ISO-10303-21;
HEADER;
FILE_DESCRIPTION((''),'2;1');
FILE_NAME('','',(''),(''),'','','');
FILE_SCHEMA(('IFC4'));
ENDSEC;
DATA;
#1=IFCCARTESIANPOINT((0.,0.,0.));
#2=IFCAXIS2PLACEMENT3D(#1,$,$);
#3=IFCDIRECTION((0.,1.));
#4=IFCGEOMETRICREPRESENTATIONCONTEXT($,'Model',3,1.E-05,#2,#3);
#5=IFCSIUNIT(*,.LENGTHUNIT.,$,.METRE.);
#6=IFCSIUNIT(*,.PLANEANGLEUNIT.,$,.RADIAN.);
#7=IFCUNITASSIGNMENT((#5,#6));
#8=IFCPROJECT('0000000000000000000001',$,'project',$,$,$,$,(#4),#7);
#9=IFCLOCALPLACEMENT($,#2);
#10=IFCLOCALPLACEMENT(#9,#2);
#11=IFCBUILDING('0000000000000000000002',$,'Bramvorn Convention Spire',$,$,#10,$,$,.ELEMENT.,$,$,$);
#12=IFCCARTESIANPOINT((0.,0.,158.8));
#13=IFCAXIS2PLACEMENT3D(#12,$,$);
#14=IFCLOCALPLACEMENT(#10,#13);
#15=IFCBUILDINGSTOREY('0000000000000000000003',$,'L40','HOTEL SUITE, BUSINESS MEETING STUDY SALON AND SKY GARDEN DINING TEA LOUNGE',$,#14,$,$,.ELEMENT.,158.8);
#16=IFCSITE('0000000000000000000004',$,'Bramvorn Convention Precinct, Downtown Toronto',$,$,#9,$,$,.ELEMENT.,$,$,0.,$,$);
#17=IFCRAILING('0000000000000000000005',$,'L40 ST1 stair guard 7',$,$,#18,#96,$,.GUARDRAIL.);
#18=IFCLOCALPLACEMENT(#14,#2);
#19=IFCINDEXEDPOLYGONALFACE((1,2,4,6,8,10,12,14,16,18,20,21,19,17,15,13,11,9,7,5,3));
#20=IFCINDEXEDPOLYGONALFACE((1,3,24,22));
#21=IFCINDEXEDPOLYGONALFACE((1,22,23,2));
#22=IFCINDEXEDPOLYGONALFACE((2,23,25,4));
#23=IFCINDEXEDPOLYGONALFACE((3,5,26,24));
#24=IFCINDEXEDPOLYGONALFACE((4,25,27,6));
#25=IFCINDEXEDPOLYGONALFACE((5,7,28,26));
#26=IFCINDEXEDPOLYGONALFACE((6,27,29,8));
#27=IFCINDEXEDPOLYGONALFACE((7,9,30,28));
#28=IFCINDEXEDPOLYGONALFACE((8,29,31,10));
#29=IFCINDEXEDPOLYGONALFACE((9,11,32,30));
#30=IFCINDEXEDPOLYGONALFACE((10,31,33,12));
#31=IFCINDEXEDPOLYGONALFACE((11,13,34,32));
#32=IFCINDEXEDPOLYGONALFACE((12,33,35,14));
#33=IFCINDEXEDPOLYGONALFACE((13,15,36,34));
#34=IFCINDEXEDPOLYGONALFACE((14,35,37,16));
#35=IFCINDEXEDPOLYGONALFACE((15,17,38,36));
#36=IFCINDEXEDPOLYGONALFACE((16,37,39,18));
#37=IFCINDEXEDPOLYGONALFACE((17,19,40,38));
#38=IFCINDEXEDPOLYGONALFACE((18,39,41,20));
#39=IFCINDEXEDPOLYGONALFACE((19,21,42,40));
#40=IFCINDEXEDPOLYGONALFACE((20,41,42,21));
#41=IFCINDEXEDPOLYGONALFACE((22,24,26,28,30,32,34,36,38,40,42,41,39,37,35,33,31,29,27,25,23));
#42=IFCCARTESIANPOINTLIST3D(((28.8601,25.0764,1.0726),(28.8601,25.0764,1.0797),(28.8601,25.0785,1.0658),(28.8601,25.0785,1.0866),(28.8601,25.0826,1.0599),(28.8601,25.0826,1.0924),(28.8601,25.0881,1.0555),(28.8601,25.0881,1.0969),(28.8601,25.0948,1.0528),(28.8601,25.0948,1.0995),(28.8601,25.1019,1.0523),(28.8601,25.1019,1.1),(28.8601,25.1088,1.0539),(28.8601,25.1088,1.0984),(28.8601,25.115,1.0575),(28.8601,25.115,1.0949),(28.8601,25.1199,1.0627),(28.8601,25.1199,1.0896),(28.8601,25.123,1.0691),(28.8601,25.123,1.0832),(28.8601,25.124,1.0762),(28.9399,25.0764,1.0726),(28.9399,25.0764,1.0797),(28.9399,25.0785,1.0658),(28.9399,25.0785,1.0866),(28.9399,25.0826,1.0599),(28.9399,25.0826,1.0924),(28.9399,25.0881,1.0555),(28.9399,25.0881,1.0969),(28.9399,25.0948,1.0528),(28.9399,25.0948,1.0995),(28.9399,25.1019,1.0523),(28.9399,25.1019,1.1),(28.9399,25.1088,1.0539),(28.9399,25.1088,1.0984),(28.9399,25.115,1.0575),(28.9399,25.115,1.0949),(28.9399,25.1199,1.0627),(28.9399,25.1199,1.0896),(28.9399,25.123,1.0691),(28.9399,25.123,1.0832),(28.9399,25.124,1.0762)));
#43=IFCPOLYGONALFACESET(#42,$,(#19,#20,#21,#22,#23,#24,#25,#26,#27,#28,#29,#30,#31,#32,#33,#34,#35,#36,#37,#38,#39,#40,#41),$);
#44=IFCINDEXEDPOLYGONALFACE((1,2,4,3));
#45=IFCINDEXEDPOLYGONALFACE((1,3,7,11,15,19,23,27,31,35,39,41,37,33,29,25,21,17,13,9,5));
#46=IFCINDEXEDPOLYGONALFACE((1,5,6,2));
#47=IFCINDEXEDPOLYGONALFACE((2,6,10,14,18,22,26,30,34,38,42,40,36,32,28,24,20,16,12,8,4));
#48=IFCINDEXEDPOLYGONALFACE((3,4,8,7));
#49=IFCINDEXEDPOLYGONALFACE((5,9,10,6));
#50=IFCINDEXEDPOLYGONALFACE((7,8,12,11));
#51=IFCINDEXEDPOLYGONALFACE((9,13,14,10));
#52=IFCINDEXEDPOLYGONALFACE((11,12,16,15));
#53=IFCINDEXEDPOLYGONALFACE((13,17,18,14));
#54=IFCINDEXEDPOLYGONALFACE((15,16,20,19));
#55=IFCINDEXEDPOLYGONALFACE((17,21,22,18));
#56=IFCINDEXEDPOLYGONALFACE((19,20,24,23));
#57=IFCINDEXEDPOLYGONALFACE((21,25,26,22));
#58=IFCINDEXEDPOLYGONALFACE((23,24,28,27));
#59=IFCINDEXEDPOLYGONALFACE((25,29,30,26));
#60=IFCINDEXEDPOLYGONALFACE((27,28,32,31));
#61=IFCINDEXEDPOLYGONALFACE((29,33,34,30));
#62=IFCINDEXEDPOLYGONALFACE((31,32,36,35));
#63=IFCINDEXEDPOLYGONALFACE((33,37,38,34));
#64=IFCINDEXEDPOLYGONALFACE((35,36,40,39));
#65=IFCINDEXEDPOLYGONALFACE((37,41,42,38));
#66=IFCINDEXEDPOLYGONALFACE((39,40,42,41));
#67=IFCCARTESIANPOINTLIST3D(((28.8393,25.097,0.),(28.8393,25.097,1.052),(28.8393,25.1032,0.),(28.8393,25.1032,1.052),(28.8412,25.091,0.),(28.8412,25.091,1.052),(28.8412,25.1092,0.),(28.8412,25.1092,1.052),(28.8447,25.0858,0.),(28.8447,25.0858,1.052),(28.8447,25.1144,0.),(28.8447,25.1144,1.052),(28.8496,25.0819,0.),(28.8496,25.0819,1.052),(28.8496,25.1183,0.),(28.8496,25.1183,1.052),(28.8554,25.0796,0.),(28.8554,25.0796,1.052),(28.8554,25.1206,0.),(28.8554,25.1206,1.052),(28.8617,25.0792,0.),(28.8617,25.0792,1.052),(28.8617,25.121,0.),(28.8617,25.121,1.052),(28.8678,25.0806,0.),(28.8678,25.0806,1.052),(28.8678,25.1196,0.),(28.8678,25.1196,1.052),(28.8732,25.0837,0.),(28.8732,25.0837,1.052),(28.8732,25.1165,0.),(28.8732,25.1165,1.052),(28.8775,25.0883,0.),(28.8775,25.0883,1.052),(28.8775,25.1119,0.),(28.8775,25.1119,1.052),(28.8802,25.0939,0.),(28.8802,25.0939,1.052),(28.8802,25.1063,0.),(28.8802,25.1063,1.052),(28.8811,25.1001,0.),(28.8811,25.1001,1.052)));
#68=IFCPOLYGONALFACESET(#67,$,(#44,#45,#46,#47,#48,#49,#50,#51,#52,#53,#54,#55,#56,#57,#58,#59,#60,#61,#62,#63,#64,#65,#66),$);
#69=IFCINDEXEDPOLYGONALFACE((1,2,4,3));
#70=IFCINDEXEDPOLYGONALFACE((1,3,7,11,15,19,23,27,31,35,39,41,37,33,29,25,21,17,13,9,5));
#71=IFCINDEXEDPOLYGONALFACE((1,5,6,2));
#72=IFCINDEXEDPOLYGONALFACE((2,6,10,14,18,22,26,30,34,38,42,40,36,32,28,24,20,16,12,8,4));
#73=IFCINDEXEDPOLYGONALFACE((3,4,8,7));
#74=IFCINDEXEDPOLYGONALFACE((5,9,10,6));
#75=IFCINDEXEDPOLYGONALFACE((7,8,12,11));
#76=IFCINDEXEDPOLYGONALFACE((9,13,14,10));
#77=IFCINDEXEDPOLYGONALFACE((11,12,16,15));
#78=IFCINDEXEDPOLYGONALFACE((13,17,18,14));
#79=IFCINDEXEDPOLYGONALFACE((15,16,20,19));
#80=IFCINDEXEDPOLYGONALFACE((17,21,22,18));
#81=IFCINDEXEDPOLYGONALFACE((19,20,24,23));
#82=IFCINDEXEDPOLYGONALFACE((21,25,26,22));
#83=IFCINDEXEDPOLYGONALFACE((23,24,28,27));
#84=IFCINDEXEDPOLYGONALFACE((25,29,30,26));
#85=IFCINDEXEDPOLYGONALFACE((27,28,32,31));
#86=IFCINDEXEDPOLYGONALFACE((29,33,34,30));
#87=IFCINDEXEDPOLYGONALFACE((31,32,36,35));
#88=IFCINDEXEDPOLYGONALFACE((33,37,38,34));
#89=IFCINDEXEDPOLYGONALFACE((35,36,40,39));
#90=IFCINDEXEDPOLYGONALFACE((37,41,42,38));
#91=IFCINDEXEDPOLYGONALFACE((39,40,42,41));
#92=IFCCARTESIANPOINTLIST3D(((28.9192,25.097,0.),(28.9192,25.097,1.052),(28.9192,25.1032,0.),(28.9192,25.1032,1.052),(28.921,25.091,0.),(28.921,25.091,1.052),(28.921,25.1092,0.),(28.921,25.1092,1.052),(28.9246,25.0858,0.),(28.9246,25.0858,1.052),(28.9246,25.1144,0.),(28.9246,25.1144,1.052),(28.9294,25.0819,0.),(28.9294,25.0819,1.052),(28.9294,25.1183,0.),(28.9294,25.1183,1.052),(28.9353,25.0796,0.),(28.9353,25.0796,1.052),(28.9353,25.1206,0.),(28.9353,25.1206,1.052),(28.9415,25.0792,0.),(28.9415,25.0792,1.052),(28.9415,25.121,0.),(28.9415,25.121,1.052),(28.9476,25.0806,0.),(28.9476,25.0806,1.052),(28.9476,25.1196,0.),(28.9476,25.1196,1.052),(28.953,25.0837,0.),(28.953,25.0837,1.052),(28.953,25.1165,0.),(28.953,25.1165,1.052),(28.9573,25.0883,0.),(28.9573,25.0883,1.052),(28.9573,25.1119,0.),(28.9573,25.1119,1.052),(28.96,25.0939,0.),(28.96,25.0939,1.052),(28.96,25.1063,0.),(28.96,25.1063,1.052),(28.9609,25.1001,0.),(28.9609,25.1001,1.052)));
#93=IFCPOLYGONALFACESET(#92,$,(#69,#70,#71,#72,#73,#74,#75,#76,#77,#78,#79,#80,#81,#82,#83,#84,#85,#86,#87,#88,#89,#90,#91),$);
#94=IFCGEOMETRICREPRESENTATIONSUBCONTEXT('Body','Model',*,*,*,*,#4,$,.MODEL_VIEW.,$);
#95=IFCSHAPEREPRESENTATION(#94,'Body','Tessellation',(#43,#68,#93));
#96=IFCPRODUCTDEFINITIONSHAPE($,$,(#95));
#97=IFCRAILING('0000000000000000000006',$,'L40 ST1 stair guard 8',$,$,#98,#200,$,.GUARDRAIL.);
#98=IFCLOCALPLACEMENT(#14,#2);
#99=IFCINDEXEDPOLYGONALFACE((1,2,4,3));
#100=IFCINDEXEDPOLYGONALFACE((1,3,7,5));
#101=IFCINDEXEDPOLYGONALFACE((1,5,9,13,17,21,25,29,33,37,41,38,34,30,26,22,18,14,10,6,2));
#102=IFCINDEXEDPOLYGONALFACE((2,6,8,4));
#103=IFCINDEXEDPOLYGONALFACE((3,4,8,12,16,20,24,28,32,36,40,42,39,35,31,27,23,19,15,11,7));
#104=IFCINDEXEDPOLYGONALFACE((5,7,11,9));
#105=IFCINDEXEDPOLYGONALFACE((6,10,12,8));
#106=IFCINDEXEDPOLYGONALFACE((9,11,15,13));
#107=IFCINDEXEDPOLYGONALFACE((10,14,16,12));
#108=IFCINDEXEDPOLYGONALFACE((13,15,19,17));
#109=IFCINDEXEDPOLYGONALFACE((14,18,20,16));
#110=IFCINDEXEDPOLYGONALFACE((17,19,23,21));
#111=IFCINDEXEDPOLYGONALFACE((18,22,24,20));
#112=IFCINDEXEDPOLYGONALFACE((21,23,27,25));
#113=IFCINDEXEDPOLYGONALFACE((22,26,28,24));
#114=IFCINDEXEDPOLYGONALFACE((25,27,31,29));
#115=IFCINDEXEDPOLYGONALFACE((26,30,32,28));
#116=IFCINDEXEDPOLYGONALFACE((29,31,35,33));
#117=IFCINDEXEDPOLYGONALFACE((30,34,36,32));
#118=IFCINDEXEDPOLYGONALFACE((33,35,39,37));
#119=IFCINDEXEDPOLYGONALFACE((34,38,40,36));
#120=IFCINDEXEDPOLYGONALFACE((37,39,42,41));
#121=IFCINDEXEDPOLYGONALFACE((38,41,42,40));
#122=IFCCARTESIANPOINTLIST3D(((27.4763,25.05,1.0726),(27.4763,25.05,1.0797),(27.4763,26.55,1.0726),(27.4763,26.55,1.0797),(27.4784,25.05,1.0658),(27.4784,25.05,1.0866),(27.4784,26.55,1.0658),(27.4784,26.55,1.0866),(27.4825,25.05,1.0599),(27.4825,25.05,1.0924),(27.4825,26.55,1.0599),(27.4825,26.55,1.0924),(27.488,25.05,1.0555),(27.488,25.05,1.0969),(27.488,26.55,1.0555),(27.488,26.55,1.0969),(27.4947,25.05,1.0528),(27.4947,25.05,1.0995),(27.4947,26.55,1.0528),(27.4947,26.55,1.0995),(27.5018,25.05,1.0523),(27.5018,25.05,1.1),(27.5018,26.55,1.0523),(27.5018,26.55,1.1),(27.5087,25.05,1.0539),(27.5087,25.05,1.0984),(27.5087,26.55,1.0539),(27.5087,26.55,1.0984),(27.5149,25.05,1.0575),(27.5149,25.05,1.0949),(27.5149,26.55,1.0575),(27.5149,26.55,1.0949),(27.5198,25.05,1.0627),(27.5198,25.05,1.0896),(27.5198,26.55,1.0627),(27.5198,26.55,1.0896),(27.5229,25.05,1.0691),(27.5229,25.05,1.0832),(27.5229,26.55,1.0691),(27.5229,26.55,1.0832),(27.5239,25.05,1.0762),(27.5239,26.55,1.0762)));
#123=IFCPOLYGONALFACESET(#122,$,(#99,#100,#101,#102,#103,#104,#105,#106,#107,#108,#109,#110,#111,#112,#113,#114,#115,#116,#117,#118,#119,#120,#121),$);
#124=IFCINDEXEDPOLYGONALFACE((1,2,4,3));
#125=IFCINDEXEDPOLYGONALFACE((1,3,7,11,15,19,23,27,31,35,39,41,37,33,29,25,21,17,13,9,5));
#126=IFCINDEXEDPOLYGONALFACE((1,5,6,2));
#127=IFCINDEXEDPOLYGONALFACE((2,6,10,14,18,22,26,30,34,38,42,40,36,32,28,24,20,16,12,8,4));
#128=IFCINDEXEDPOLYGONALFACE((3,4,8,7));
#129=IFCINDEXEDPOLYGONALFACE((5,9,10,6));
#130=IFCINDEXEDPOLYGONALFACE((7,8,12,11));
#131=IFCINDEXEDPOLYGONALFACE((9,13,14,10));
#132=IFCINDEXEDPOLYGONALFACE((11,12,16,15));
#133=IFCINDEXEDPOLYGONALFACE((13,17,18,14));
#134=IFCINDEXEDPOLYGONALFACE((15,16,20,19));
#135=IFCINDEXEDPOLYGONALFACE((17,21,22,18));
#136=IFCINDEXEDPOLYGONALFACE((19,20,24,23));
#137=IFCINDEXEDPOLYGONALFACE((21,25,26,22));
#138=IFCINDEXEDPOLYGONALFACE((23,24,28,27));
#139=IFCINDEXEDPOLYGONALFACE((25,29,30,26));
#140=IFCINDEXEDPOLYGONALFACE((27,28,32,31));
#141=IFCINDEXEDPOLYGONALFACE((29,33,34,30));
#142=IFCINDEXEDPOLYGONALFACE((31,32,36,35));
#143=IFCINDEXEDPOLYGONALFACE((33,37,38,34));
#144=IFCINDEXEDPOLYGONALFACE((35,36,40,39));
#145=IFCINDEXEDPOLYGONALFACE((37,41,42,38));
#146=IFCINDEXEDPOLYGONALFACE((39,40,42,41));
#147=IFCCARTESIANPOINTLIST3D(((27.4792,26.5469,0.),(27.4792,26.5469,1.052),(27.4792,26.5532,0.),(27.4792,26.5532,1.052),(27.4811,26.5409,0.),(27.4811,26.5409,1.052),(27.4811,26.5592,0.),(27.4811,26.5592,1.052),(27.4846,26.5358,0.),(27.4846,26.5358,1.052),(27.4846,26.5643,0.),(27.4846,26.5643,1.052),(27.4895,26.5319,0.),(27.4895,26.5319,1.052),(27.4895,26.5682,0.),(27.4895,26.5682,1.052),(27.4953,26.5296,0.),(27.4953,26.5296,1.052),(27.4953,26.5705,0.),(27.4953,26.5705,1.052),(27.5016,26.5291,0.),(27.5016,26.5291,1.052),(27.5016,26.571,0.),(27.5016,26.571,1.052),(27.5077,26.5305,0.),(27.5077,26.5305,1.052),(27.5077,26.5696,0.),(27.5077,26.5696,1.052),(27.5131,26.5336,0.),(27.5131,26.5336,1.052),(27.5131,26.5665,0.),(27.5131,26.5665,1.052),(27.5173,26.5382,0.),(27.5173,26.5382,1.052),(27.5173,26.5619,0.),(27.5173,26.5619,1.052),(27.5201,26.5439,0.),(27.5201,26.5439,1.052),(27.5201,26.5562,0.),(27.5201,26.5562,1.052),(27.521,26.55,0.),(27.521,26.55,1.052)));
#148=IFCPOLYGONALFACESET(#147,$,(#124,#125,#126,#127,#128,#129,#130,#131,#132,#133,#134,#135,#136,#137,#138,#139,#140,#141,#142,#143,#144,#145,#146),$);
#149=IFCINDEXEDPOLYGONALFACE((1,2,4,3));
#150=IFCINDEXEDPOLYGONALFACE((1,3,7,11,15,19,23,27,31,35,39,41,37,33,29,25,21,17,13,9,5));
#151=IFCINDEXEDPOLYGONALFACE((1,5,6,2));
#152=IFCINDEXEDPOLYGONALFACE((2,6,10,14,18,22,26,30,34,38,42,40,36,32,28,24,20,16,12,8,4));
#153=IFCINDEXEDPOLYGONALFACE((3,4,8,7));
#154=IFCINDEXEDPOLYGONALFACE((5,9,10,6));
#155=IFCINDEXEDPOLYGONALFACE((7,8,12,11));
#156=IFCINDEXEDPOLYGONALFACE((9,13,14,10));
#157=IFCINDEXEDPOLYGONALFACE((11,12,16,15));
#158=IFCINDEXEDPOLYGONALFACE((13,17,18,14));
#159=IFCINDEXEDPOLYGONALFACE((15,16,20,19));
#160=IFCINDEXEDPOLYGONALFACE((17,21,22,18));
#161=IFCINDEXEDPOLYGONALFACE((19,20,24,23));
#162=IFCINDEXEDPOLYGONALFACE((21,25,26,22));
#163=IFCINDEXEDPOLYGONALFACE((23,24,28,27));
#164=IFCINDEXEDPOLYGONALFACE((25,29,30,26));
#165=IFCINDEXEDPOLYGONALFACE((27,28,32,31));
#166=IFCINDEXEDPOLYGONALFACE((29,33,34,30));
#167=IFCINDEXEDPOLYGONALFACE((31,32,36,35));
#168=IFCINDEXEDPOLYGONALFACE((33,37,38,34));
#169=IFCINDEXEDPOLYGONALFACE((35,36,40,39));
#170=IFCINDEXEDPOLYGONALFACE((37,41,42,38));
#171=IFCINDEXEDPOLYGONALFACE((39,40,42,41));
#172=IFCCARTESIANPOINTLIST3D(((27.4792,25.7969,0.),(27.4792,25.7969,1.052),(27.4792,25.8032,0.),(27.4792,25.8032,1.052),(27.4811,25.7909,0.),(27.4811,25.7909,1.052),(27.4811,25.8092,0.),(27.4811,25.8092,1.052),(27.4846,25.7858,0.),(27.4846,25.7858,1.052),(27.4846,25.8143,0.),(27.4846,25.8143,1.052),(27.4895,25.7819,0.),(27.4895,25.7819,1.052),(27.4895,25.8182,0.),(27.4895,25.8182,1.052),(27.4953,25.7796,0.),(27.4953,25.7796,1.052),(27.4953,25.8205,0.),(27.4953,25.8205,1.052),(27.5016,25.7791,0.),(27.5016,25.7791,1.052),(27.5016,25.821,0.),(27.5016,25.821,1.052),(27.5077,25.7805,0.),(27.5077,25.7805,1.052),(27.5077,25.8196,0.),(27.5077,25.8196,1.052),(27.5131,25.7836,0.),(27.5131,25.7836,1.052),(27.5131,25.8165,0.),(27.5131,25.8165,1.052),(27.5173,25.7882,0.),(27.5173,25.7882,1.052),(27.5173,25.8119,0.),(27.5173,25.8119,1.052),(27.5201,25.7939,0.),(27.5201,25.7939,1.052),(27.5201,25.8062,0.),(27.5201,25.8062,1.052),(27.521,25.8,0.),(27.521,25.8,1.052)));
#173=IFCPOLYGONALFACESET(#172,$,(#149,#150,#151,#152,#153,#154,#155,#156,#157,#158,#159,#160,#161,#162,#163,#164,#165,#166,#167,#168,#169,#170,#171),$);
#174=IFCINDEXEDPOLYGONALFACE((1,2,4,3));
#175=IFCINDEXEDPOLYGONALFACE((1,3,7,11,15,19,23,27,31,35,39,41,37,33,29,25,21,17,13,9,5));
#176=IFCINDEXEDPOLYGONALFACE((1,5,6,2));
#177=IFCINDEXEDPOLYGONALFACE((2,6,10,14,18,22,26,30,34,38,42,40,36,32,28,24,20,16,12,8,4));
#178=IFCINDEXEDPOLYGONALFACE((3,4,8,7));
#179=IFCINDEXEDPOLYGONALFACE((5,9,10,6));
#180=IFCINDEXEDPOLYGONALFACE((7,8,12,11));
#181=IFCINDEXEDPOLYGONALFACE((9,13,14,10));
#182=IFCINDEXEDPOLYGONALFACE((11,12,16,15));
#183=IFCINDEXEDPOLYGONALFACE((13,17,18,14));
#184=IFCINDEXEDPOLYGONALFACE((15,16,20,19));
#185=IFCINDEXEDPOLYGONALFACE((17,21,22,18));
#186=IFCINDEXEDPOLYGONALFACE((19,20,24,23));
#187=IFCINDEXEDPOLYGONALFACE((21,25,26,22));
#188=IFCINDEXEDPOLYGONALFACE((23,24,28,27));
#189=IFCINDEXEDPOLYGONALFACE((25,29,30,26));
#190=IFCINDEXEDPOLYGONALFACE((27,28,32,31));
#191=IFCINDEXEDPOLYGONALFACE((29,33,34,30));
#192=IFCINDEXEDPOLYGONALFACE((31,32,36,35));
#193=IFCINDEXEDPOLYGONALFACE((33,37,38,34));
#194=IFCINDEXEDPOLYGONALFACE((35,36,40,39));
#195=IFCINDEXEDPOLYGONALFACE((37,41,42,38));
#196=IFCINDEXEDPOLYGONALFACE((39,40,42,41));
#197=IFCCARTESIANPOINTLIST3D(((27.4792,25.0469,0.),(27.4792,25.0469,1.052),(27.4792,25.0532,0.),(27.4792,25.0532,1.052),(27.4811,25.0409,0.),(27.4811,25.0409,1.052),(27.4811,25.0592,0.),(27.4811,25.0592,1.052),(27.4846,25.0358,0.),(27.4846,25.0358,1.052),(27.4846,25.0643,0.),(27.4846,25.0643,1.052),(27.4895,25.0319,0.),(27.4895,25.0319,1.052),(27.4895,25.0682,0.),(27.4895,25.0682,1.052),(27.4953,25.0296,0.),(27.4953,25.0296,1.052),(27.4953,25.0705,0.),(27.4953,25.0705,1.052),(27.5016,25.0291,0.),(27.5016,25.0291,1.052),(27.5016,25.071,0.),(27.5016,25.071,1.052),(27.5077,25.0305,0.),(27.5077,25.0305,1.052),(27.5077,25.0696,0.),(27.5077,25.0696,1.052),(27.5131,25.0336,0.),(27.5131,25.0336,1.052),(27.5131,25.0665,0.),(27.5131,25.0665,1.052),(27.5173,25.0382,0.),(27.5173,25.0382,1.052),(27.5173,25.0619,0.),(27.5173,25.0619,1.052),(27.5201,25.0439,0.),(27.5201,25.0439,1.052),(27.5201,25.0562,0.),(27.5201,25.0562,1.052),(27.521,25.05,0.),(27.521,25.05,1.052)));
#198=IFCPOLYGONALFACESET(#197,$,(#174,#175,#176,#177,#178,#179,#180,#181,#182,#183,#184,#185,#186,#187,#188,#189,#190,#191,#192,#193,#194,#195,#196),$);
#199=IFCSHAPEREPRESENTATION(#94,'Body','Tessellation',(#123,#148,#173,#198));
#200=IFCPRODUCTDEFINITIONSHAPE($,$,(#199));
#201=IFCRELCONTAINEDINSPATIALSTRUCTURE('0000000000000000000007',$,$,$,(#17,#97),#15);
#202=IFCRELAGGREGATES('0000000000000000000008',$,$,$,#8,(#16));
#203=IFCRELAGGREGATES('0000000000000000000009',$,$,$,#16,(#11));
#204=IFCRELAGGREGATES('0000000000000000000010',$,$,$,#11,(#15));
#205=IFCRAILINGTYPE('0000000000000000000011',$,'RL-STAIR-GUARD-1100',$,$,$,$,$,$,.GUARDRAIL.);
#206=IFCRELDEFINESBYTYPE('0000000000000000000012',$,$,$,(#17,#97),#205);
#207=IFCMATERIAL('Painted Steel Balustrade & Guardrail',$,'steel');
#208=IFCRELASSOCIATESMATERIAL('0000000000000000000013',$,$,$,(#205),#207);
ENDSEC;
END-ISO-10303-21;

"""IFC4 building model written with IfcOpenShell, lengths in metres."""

from ifc_helpers import new_model, si_unit, direction, frame, origin, origin_2d, place, context, subcontext, project, spatial, circle, extrude, material, type_object, element, save


model = new_model("IFC4")

# Units and contexts
model_context = context("Model", 3, precision=1e-05, world=origin(), true_north=direction((0.0, 1.0)))
body_context = subcontext(model_context, "Body", "Model", "MODEL_VIEW")
ifc_project = project(units=[si_unit("LENGTHUNIT", "METRE"), si_unit("PLANEANGLEUNIT", "RADIAN")], contexts=[model_context])

# Site, building, storey
site_placement = place(None, origin())
site = spatial("IfcSite", under=ifc_project, at=site_placement, Name="Bramvorn Convention Precinct, Downtown Toronto", CompositionType="ELEMENT", RefElevation=0.0)
building_placement = place(site_placement, origin())
building = spatial("IfcBuilding", under=site, at=building_placement, Name="Bramvorn Convention Spire", CompositionType="ELEMENT")
storey_placement = place(building_placement, frame((0.0, 0.0, 158.8)))
storey = spatial("IfcBuildingStorey", under=building, at=storey_placement, Name="L40", Description="HOTEL SUITE, BUSINESS MEETING STUDY SALON AND SKY GARDEN DINING TEA LOUNGE", CompositionType="ELEMENT", Elevation=158.8)

# Railings
ifc_material_1 = material(Name="Painted Steel Balustrade & Guardrail", Category="steel")
railing_type_1 = type_object("IfcRailingType", Name="RL-STAIR-GUARD-1100", PredefinedType="GUARDRAIL", material=ifc_material_1)
railing_1_placement = place(storey_placement, frame((28.8601, 25.1001, 0.0)))
element("IfcRailing", 1, at=railing_1_placement, inside=storey, type_object=railing_type_1, Name="L40 ST1 stair guard 7", PredefinedType="GUARDRAIL", context=body_context, shape_type="SweptSolid", body=[
    extrude(circle(Radius=0.0239, at=origin_2d()), frame((0.0, 0.0, 1.0762), z_axis=(1.0, 0.0, 0.0), x_axis=(0.0, 1.0, 0.0)), (0.0, 0.0, 1.0), 0.0798),
    extrude(circle(Radius=0.021, at=origin_2d()), origin(), (0.0, 0.0, 1.0), 1.052),
    extrude(circle(Radius=0.021, at=origin_2d()), frame((0.0798, 0.0, 0.0)), (0.0, 0.0, 1.0), 1.052),
])
for number, where, name in (
    (2, (27.5, 26.55, 0.0), "L40 ST1 stair guard 8"),
):
    element("IfcRailing", number, at=place(storey_placement, frame(where)), inside=storey, type_object=railing_type_1, Name=name, PredefinedType="GUARDRAIL", context=body_context, shape_type="SweptSolid", body=[
        extrude(circle(Radius=0.0239, at=origin_2d()), frame((0.0, 0.0, 1.0762), z_axis=(0.0, -1.0, 0.0), x_axis=(1.0, 0.0, 0.0)), (0.0, 0.0, 1.0), 1.5),
        extrude(circle(Radius=0.021, at=origin_2d()), origin(), (0.0, 0.0, 1.0), 1.052),
        extrude(circle(Radius=0.021, at=origin_2d()), frame((0.0, -0.75, 0.0)), (0.0, 0.0, 1.0), 1.052),
        extrude(circle(Radius=0.021, at=origin_2d()), frame((0.0, -1.5, 0.0)), (0.0, 0.0, 1.0), 1.052),
    ])

save(model, "model.ifc")
